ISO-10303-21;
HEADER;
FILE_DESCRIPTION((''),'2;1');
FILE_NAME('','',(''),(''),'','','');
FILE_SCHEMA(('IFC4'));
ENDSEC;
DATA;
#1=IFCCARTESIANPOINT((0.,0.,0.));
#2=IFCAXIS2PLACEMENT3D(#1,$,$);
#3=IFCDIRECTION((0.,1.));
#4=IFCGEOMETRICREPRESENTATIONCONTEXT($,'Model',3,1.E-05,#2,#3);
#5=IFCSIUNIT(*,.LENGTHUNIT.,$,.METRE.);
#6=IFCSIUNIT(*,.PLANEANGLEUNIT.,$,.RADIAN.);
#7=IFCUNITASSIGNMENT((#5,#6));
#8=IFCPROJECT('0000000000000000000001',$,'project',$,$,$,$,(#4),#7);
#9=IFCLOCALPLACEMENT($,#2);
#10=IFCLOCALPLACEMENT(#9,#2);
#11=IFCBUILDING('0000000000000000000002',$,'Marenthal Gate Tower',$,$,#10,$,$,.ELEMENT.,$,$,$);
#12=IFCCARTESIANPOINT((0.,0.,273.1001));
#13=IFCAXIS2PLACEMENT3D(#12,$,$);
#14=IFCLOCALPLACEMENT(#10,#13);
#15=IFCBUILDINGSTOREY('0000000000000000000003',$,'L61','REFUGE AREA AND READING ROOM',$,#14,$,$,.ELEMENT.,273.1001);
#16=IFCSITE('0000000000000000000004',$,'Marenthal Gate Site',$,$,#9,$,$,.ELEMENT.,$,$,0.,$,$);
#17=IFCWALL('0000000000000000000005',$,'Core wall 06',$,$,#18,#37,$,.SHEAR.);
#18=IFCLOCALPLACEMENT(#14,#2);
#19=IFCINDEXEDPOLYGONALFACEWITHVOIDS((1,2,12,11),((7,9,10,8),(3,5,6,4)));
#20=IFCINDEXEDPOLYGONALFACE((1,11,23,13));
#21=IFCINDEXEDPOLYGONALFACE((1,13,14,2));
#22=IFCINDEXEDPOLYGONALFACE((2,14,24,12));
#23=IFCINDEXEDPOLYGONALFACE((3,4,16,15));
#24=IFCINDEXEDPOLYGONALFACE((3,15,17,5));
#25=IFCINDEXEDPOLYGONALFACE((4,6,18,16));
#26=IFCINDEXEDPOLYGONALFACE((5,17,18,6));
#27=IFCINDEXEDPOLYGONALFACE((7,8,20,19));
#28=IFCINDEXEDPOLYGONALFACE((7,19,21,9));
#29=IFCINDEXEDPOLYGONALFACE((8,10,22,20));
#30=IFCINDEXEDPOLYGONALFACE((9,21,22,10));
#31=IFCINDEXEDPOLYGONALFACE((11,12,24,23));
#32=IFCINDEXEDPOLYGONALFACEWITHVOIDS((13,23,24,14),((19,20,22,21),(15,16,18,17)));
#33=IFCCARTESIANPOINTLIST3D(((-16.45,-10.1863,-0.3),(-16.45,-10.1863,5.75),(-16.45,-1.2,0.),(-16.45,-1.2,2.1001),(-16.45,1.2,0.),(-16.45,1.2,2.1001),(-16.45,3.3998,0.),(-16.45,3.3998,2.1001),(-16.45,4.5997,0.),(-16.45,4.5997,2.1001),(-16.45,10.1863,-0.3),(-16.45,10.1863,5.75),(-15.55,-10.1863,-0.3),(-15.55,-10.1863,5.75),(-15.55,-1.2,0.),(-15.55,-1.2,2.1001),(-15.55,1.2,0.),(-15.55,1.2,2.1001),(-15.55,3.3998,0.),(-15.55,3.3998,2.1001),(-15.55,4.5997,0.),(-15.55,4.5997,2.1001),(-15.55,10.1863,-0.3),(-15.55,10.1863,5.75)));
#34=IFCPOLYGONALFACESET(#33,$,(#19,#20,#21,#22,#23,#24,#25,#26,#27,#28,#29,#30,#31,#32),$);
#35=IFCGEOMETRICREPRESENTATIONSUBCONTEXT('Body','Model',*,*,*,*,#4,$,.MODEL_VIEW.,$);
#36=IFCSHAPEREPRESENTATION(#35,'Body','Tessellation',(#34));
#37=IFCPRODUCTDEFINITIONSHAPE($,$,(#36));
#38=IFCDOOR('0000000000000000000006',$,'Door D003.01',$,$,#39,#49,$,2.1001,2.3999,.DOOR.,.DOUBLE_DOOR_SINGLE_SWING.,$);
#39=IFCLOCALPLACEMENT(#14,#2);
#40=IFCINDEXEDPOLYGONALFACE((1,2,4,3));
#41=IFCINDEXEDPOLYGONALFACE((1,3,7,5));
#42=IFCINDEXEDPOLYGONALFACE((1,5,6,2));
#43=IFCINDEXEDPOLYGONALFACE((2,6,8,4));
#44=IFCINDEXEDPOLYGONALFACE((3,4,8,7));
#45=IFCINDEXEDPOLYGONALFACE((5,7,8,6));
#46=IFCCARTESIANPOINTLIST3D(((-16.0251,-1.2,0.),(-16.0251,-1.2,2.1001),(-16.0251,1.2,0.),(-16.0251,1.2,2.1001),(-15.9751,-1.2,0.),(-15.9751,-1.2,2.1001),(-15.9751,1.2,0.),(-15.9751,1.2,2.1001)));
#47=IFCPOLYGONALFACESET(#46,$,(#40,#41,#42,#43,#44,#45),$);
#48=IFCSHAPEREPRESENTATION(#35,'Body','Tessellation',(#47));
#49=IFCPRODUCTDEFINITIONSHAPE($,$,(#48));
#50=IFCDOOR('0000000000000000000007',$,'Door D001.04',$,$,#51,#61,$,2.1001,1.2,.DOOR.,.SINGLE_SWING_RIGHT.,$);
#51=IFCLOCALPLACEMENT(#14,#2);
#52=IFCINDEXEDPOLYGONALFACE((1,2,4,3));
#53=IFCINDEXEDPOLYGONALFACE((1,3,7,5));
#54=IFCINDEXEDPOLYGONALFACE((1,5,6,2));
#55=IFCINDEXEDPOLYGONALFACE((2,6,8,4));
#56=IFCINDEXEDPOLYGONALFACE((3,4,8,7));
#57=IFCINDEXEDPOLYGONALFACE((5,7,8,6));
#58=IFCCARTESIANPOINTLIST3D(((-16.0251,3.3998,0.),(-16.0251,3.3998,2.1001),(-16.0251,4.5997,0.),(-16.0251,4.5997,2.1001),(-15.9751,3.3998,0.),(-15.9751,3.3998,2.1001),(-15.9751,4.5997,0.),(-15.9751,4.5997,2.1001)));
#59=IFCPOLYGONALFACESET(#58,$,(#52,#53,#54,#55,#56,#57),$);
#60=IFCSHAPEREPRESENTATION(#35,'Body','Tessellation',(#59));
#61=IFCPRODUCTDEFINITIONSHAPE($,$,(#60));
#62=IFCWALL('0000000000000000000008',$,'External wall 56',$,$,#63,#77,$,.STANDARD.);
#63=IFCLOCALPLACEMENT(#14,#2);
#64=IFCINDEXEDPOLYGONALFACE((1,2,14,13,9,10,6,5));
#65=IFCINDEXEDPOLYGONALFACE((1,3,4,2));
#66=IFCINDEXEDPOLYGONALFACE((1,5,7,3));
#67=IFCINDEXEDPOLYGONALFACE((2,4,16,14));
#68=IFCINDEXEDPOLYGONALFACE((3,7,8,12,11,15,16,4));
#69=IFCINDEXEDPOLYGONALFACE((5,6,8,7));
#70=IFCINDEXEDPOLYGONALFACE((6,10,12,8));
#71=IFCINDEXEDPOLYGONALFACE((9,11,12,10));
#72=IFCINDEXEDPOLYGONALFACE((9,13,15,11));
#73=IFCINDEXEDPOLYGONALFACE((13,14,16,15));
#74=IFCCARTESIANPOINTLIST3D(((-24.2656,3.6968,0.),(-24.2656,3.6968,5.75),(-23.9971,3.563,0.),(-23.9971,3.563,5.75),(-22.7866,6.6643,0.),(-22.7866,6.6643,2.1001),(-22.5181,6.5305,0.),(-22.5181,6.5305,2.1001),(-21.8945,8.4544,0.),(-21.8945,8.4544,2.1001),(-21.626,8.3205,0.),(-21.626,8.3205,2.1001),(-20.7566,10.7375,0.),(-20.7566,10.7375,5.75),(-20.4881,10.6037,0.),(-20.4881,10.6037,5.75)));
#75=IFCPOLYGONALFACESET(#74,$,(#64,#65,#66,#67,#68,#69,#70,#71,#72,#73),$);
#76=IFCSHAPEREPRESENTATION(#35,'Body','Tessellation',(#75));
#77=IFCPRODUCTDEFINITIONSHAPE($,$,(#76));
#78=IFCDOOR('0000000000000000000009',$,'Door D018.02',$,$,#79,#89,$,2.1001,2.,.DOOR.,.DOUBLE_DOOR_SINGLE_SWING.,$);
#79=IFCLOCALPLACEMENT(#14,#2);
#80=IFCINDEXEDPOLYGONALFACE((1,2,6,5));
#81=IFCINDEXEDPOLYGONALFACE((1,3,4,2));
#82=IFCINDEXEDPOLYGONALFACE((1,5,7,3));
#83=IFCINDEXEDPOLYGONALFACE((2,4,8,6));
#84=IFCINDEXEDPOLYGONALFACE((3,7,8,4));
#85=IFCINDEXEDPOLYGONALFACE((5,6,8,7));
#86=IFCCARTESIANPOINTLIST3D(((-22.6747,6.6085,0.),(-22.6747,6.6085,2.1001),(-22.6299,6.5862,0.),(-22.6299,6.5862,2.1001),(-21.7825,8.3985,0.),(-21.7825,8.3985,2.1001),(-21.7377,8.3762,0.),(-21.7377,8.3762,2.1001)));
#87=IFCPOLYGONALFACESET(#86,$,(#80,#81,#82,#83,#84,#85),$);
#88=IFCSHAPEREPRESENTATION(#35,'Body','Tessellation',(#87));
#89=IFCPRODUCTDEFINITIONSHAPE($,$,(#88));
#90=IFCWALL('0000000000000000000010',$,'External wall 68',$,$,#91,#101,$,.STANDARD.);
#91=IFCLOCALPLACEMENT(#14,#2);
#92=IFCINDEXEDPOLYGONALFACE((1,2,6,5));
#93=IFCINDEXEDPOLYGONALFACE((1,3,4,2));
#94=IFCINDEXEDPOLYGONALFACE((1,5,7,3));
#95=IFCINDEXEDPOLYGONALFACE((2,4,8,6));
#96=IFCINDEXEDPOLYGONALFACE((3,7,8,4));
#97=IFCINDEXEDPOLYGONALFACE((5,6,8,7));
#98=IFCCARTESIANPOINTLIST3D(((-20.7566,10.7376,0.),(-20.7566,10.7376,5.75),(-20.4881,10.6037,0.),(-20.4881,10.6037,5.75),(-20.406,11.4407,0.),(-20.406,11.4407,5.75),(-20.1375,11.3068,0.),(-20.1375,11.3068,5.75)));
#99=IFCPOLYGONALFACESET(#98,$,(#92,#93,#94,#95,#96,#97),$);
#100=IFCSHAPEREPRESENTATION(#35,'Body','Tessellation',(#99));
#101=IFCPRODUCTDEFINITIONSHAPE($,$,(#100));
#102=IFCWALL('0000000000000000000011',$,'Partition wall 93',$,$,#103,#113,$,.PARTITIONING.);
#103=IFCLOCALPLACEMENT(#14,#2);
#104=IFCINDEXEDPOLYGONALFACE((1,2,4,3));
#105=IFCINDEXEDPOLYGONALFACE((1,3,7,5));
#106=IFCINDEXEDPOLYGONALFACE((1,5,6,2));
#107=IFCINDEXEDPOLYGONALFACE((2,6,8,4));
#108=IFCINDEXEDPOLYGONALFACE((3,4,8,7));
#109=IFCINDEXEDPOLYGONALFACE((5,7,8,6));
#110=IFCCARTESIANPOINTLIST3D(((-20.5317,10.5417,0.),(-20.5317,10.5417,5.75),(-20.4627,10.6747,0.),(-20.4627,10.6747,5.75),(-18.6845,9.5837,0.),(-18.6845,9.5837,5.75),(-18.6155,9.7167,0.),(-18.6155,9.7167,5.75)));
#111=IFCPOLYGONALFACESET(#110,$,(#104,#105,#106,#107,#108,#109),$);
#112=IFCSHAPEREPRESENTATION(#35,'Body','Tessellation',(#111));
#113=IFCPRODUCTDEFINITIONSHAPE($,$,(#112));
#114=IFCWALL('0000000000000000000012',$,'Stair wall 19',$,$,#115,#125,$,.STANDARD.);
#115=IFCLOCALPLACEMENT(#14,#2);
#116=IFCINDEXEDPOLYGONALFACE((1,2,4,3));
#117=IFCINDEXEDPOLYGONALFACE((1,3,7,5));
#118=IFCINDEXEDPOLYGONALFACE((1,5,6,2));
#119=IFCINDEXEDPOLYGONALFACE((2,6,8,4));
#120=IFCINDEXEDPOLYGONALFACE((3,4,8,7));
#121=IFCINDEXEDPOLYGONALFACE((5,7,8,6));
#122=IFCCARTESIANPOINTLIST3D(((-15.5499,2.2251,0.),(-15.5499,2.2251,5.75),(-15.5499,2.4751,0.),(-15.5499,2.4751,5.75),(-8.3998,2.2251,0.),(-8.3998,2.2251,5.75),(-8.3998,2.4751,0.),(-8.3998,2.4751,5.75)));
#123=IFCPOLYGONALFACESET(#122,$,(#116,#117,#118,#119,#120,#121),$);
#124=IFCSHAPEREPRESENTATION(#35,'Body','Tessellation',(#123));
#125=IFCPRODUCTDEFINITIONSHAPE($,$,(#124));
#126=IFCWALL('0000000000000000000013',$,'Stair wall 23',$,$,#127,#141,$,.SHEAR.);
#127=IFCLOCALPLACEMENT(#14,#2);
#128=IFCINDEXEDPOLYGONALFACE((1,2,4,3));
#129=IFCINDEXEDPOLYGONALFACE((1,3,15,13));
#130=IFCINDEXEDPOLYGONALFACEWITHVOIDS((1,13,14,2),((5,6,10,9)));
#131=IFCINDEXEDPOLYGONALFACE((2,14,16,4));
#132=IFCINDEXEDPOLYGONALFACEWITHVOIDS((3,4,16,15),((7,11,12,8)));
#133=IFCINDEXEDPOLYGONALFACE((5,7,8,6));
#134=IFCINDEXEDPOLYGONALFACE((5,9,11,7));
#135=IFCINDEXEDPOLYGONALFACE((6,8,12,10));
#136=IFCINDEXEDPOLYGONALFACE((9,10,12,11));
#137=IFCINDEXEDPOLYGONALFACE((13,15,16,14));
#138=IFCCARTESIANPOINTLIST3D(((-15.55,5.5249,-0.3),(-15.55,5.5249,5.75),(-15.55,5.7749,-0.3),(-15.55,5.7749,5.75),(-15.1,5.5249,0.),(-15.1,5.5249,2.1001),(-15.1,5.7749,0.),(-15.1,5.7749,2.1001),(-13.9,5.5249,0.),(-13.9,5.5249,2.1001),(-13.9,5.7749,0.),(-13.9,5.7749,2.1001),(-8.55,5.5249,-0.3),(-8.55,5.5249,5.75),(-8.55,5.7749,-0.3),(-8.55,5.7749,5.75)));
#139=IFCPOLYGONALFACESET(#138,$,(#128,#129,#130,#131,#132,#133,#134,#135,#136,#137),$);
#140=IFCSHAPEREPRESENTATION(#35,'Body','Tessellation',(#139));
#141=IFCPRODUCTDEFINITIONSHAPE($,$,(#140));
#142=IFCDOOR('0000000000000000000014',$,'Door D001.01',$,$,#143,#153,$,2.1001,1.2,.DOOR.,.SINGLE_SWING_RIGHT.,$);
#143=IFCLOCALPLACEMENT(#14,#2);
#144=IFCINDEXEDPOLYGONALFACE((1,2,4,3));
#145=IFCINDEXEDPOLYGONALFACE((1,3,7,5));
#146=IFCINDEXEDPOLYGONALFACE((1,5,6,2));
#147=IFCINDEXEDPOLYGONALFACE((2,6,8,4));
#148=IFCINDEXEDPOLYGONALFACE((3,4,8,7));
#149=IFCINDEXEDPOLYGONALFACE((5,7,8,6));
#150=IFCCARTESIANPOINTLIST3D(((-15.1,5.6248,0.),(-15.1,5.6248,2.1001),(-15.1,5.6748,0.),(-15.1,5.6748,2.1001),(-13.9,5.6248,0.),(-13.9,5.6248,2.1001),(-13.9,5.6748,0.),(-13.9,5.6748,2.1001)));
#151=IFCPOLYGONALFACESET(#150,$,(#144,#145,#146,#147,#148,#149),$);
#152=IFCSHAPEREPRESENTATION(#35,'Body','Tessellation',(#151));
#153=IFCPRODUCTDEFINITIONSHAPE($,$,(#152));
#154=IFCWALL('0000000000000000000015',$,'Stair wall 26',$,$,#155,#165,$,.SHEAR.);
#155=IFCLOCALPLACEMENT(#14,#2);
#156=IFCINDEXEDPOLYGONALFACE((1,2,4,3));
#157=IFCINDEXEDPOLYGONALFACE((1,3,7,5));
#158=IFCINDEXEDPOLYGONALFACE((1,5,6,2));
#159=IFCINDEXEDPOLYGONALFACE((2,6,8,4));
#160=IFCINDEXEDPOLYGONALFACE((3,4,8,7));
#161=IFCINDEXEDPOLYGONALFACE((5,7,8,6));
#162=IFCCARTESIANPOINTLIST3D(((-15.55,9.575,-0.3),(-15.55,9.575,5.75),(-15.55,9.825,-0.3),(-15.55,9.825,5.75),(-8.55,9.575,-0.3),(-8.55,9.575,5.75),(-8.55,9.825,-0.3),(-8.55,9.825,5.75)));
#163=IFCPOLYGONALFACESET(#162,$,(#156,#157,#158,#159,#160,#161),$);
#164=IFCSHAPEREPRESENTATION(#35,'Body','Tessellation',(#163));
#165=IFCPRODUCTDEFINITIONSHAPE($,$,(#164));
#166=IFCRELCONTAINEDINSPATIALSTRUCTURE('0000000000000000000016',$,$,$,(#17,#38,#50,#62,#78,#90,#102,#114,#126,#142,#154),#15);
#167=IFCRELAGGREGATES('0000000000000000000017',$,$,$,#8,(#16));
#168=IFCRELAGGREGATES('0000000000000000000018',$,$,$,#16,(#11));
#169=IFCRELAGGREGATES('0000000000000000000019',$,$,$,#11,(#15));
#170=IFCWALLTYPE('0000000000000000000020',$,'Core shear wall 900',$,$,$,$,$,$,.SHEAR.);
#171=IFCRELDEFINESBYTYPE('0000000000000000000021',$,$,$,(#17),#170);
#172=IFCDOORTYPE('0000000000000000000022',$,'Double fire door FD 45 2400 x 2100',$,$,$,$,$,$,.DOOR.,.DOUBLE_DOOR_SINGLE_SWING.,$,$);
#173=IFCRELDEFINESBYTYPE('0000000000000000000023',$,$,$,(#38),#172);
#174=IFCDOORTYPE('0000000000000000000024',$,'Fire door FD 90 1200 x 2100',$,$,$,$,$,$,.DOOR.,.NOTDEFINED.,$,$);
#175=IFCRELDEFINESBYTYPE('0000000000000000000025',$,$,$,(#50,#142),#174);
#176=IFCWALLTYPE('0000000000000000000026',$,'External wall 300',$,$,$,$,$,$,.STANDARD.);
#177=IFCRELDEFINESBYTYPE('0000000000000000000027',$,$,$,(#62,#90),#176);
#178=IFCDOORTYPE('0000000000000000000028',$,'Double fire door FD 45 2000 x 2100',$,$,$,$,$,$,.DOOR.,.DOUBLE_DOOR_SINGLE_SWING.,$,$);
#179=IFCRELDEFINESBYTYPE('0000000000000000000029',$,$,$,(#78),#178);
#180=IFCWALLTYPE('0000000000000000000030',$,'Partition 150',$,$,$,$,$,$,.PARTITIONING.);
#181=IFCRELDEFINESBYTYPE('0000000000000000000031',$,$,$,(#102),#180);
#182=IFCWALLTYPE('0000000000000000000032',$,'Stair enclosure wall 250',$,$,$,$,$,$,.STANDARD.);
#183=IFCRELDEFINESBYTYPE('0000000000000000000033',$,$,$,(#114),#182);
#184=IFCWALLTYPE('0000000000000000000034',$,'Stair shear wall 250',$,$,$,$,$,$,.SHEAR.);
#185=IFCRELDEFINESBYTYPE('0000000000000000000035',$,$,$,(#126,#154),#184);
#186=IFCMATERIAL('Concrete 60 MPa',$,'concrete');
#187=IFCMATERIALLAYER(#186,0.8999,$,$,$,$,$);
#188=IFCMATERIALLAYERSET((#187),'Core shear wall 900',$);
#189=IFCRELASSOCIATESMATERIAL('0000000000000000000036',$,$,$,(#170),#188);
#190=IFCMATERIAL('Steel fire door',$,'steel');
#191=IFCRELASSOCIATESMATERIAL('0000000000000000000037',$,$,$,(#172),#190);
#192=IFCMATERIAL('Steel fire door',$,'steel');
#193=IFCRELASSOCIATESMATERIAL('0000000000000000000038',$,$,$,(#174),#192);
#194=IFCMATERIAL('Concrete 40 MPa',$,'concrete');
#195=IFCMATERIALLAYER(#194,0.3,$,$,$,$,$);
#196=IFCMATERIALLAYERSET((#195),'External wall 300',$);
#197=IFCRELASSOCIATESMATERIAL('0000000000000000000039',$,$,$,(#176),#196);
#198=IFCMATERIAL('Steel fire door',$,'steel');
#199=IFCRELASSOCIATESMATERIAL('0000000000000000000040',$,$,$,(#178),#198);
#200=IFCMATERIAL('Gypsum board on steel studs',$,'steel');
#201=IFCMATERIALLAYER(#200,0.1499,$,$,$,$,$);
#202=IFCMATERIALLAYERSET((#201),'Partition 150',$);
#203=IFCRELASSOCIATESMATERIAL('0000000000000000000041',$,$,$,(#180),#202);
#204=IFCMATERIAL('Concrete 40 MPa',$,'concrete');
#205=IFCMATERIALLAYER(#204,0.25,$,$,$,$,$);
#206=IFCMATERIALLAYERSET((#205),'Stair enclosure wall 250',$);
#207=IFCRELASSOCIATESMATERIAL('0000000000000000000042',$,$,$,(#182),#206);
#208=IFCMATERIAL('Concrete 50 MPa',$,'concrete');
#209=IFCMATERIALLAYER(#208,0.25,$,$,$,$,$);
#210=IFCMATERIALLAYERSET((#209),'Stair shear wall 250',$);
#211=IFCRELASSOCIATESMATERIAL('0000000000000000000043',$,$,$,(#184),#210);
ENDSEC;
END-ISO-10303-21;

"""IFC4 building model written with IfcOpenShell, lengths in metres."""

from ifc_helpers import new_model, si_unit, direction, frame, frame_2d, origin, place, context, subcontext, project, spatial, rectangle, extrude, material, layer, layer_set, type_object, element, fill, save


model = new_model("IFC4")

# Units and contexts
model_context = context("Model", 3, precision=1e-05, world=origin(), true_north=direction((0.0, 1.0)))
body_context = subcontext(model_context, "Body", "Model", "MODEL_VIEW")
ifc_project = project(units=[si_unit("LENGTHUNIT", "METRE"), si_unit("PLANEANGLEUNIT", "RADIAN")], contexts=[model_context])

# Site, building, storey
site_placement = place(None, origin())
site = spatial("IfcSite", under=ifc_project, at=site_placement, Name="Marenthal Gate Site", CompositionType="ELEMENT", RefElevation=0.0)
building_placement = place(site_placement, origin())
building = spatial("IfcBuilding", under=site, at=building_placement, Name="Marenthal Gate Tower", CompositionType="ELEMENT")
storey_placement = place(building_placement, frame((0.0, 0.0, 273.1001)))
storey = spatial("IfcBuildingStorey", under=building, at=storey_placement, Name="L61", Description="REFUGE AREA AND READING ROOM", CompositionType="ELEMENT", Elevation=273.1001)

# Wall, openings, doors
ifc_material_1 = material(Name="Concrete 60 MPa", Category="concrete")
ifc_layer_1 = layer(ifc_material_1, 0.8999)
ifc_layer_set_1 = layer_set([ifc_layer_1], Name="Core shear wall 900")
wall_type_1 = type_object("IfcWallType", Name="Core shear wall 900", PredefinedType="SHEAR", material=ifc_layer_set_1)
wall_1_placement = place(storey_placement, frame((-16.0, 10.1863, -0.3), z_axis=(0.0, 0.0, 1.0), x_axis=(0.0, -1.0, 0.0)))
wall_1 = element("IfcWall", 1, at=wall_1_placement, inside=storey, type_object=wall_type_1, Name="Core wall 06", PredefinedType="SHEAR", context=body_context, shape_type="SweptSolid", body=[
    extrude(rectangle(XDim=20.3726, YDim=0.8999, at=frame_2d((10.1863, 0.0))), origin(), (0.0, 0.0, 1.0), 6.05),
])
opening_1_placement = place(wall_1_placement, frame((8.9863, 0.0, 0.3)))
opening_1 = element("IfcOpeningElement", 2, at=opening_1_placement, cuts=wall_1, PredefinedType="OPENING", context=body_context, shape_type="SweptSolid", body=[
    extrude(rectangle(XDim=2.3999, YDim=2.1001, at=frame_2d((1.2, 1.05))), frame((0.0, 0.46, 0.0), z_axis=(0.0, -1.0, 0.0), x_axis=(1.0, 0.0, 0.0)), (0.0, 0.0, 1.0), 0.9199),
])
opening_2_placement = place(wall_1_placement, frame((5.5864, 0.0, 0.3)))
opening_2 = element("IfcOpeningElement", 3, at=opening_2_placement, cuts=wall_1, PredefinedType="OPENING", context=body_context, shape_type="SweptSolid", body=[
    extrude(rectangle(XDim=1.2, YDim=2.1001, at=frame_2d((0.6001, 1.05))), frame((0.0, 0.46, 0.0), z_axis=(0.0, -1.0, 0.0), x_axis=(1.0, 0.0, 0.0)), (0.0, 0.0, 1.0), 0.9199),
])
ifc_material_2 = material(Name="Steel fire door", Category="steel")
door_type_1 = type_object("IfcDoorType", Name="Double fire door FD 45 2400 x 2100", OperationType="DOUBLE_DOOR_SINGLE_SWING", PredefinedType="DOOR", material=ifc_material_2)
door_1_placement = place(opening_1_placement, origin())
door_1 = element("IfcDoor", 4, at=door_1_placement, inside=storey, type_object=door_type_1, Name="Door D003.01", OperationType="DOUBLE_DOOR_SINGLE_SWING", OverallHeight=2.1001, OverallWidth=2.3999, PredefinedType="DOOR", context=body_context, shape_type="SweptSolid", body=[
    extrude(rectangle(XDim=2.3999, YDim=2.1001, at=frame_2d((1.2, 1.05))), frame((0.0, 0.0249, 0.0), z_axis=(0.0, -1.0, 0.0), x_axis=(1.0, 0.0, 0.0)), (0.0, 0.0, 1.0), 0.05),
])
fill(opening_1, door_1)
ifc_material_3 = material(Name="Steel fire door", Category="steel")
door_type_2 = type_object("IfcDoorType", Name="Fire door FD 90 1200 x 2100", OperationType="NOTDEFINED", PredefinedType="DOOR", material=ifc_material_3)
door_2_placement = place(opening_2_placement, origin())
door_2 = element("IfcDoor", 5, at=door_2_placement, inside=storey, type_object=door_type_2, Name="Door D001.04", OperationType="SINGLE_SWING_RIGHT", OverallHeight=2.1001, OverallWidth=1.2, PredefinedType="DOOR", context=body_context, shape_type="SweptSolid", body=[
    extrude(rectangle(XDim=1.2, YDim=2.1001, at=frame_2d((0.6001, 1.05))), frame((0.0, 0.0249, 0.0), z_axis=(0.0, -1.0, 0.0), x_axis=(1.0, 0.0, 0.0)), (0.0, 0.0, 1.0), 0.05),
])
fill(opening_2, door_2)

# Wall, opening, door
ifc_material_4 = material(Name="Concrete 40 MPa", Category="concrete")
ifc_layer_2 = layer(ifc_material_4, 0.3)
ifc_layer_set_2 = layer_set([ifc_layer_2], Name="External wall 300")
wall_type_2 = type_object("IfcWallType", Name="External wall 300", PredefinedType="STANDARD", material=ifc_layer_set_2)
wall_2_placement = place(storey_placement, frame((-24.1313, 3.6299, 0.0), z_axis=(0.0, 0.0, 1.0), x_axis=(0.446059, 0.895004, 0.0)))
wall_2 = element("IfcWall", 6, at=wall_2_placement, inside=storey, type_object=wall_type_2, Name="External wall 56", PredefinedType="STANDARD", context=body_context, shape_type="SweptSolid", body=[
    extrude(rectangle(XDim=7.8667, YDim=0.3, at=frame_2d((3.9333, 0.0))), origin(), (0.0, 0.0, 1.0), 5.75),
])
opening_3_placement = place(wall_2_placement, frame((3.3157, 0.0, 0.0)))
opening_3 = element("IfcOpeningElement", 7, at=opening_3_placement, cuts=wall_2, PredefinedType="OPENING", context=body_context, shape_type="SweptSolid", body=[
    extrude(rectangle(XDim=2.0, YDim=2.1001, at=frame_2d((1.0, 1.05))), frame((0.0, 0.1602, 0.0), z_axis=(0.0, -1.0, 0.0), x_axis=(1.0, 0.0, 0.0)), (0.0, 0.0, 1.0), 0.3201),
])
ifc_material_5 = material(Name="Steel fire door", Category="steel")
door_type_3 = type_object("IfcDoorType", Name="Double fire door FD 45 2000 x 2100", OperationType="DOUBLE_DOOR_SINGLE_SWING", PredefinedType="DOOR", material=ifc_material_5)
door_3_placement = place(opening_3_placement, origin())
door_3 = element("IfcDoor", 8, at=door_3_placement, inside=storey, type_object=door_type_3, Name="Door D018.02", OperationType="DOUBLE_DOOR_SINGLE_SWING", OverallHeight=2.1001, OverallWidth=2.0, PredefinedType="DOOR", context=body_context, shape_type="SweptSolid", body=[
    extrude(rectangle(XDim=2.0, YDim=2.1001, at=frame_2d((1.0, 1.05))), frame((0.0, 0.0249, 0.0), z_axis=(0.0, -1.0, 0.0), x_axis=(1.0, 0.0, 0.0)), (0.0, 0.0, 1.0), 0.05),
])
fill(opening_3, door_3)

# Walls
wall_3_placement = place(storey_placement, frame((-20.6223, 10.6707, 0.0), z_axis=(0.0, 0.0, 1.0), x_axis=(0.446219, 0.894924, 0.0)))
element("IfcWall", 9, at=wall_3_placement, inside=storey, type_object=wall_type_2, Name="External wall 68", PredefinedType="STANDARD", context=body_context, shape_type="SweptSolid", body=[
    extrude(rectangle(XDim=0.7856, YDim=0.3, at=frame_2d((0.3928, 0.0))), origin(), (0.0, 0.0, 1.0), 5.75),
])
ifc_material_6 = material(Name="Gypsum board on steel studs", Category="steel")
ifc_layer_3 = layer(ifc_material_6, 0.1499)
ifc_layer_set_3 = layer_set([ifc_layer_3], Name="Partition 150")
wall_type_3 = type_object("IfcWallType", Name="Partition 150", PredefinedType="PARTITIONING", material=ifc_layer_set_3)
wall_4_placement = place(storey_placement, frame((-18.6499, 9.6501, 0.0), z_axis=(0.0, 0.0, 1.0), x_axis=(-0.887712, 0.460399, 0.0)))
element("IfcWall", 10, at=wall_4_placement, inside=storey, type_object=wall_type_3, Name="Partition wall 93", PredefinedType="PARTITIONING", context=body_context, shape_type="SweptSolid", body=[
    extrude(rectangle(XDim=2.0808, YDim=0.1499, at=frame_2d((1.0405, 0.0))), origin(), (0.0, 0.0, 1.0), 5.75),
])
ifc_material_7 = material(Name="Concrete 40 MPa", Category="concrete")
ifc_layer_4 = layer(ifc_material_7, 0.25)
ifc_layer_set_4 = layer_set([ifc_layer_4], Name="Stair enclosure wall 250")
wall_type_4 = type_object("IfcWallType", Name="Stair enclosure wall 250", PredefinedType="STANDARD", material=ifc_layer_set_4)
wall_5_placement = place(storey_placement, frame((-15.55, 2.3501, 0.0), z_axis=(0.0, 0.0, 1.0), x_axis=(1.0, 0.0, 0.0)))
element("IfcWall", 11, at=wall_5_placement, inside=storey, type_object=wall_type_4, Name="Stair wall 19", PredefinedType="STANDARD", context=body_context, shape_type="SweptSolid", body=[
    extrude(rectangle(XDim=7.1501, YDim=0.25, at=frame_2d((3.5752, 0.0))), origin(), (0.0, 0.0, 1.0), 5.75),
])

# Wall, opening, door
ifc_material_8 = material(Name="Concrete 50 MPa", Category="concrete")
ifc_layer_5 = layer(ifc_material_8, 0.25)
ifc_layer_set_5 = layer_set([ifc_layer_5], Name="Stair shear wall 250")
wall_type_5 = type_object("IfcWallType", Name="Stair shear wall 250", PredefinedType="SHEAR", material=ifc_layer_set_5)
wall_6_placement = place(storey_placement, frame((-15.55, 5.6499, -0.3), z_axis=(0.0, 0.0, 1.0), x_axis=(1.0, 0.0, 0.0)))
wall_6 = element("IfcWall", 12, at=wall_6_placement, inside=storey, type_object=wall_type_5, Name="Stair wall 23", PredefinedType="SHEAR", context=body_context, shape_type="SweptSolid", body=[
    extrude(rectangle(XDim=7.0, YDim=0.25, at=frame_2d((3.5, 0.0))), origin(), (0.0, 0.0, 1.0), 6.05),
])
opening_4_placement = place(wall_6_placement, frame((0.45, 0.0, 0.3)))
opening_4 = element("IfcOpeningElement", 13, at=opening_4_placement, cuts=wall_6, PredefinedType="OPENING", context=body_context, shape_type="SweptSolid", body=[
    extrude(rectangle(XDim=1.2, YDim=2.1001, at=frame_2d((0.6001, 1.05))), frame((0.0, 0.135, 0.0), z_axis=(0.0, -1.0, 0.0), x_axis=(1.0, 0.0, 0.0)), (0.0, 0.0, 1.0), 0.27),
])
door_4_placement = place(opening_4_placement, origin())
door_4 = element("IfcDoor", 14, at=door_4_placement, inside=storey, type_object=door_type_2, Name="Door D001.01", OperationType="SINGLE_SWING_RIGHT", OverallHeight=2.1001, OverallWidth=1.2, PredefinedType="DOOR", context=body_context, shape_type="SweptSolid", body=[
    extrude(rectangle(XDim=1.2, YDim=2.1001, at=frame_2d((0.6001, 1.05))), frame((0.0, 0.0249, 0.0), z_axis=(0.0, -1.0, 0.0), x_axis=(1.0, 0.0, 0.0)), (0.0, 0.0, 1.0), 0.05),
])
fill(opening_4, door_4)

# Wall
wall_7_placement = place(storey_placement, frame((-15.55, 9.7, -0.3), z_axis=(0.0, 0.0, 1.0), x_axis=(1.0, 0.0, 0.0)))
element("IfcWall", 15, at=wall_7_placement, inside=storey, type_object=wall_type_5, Name="Stair wall 26", PredefinedType="SHEAR", context=body_context, shape_type="SweptSolid", body=[
    extrude(rectangle(XDim=7.0, YDim=0.25, at=frame_2d((3.5, 0.0))), origin(), (0.0, 0.0, 1.0), 6.05),
])

save(model, "model.ifc")
